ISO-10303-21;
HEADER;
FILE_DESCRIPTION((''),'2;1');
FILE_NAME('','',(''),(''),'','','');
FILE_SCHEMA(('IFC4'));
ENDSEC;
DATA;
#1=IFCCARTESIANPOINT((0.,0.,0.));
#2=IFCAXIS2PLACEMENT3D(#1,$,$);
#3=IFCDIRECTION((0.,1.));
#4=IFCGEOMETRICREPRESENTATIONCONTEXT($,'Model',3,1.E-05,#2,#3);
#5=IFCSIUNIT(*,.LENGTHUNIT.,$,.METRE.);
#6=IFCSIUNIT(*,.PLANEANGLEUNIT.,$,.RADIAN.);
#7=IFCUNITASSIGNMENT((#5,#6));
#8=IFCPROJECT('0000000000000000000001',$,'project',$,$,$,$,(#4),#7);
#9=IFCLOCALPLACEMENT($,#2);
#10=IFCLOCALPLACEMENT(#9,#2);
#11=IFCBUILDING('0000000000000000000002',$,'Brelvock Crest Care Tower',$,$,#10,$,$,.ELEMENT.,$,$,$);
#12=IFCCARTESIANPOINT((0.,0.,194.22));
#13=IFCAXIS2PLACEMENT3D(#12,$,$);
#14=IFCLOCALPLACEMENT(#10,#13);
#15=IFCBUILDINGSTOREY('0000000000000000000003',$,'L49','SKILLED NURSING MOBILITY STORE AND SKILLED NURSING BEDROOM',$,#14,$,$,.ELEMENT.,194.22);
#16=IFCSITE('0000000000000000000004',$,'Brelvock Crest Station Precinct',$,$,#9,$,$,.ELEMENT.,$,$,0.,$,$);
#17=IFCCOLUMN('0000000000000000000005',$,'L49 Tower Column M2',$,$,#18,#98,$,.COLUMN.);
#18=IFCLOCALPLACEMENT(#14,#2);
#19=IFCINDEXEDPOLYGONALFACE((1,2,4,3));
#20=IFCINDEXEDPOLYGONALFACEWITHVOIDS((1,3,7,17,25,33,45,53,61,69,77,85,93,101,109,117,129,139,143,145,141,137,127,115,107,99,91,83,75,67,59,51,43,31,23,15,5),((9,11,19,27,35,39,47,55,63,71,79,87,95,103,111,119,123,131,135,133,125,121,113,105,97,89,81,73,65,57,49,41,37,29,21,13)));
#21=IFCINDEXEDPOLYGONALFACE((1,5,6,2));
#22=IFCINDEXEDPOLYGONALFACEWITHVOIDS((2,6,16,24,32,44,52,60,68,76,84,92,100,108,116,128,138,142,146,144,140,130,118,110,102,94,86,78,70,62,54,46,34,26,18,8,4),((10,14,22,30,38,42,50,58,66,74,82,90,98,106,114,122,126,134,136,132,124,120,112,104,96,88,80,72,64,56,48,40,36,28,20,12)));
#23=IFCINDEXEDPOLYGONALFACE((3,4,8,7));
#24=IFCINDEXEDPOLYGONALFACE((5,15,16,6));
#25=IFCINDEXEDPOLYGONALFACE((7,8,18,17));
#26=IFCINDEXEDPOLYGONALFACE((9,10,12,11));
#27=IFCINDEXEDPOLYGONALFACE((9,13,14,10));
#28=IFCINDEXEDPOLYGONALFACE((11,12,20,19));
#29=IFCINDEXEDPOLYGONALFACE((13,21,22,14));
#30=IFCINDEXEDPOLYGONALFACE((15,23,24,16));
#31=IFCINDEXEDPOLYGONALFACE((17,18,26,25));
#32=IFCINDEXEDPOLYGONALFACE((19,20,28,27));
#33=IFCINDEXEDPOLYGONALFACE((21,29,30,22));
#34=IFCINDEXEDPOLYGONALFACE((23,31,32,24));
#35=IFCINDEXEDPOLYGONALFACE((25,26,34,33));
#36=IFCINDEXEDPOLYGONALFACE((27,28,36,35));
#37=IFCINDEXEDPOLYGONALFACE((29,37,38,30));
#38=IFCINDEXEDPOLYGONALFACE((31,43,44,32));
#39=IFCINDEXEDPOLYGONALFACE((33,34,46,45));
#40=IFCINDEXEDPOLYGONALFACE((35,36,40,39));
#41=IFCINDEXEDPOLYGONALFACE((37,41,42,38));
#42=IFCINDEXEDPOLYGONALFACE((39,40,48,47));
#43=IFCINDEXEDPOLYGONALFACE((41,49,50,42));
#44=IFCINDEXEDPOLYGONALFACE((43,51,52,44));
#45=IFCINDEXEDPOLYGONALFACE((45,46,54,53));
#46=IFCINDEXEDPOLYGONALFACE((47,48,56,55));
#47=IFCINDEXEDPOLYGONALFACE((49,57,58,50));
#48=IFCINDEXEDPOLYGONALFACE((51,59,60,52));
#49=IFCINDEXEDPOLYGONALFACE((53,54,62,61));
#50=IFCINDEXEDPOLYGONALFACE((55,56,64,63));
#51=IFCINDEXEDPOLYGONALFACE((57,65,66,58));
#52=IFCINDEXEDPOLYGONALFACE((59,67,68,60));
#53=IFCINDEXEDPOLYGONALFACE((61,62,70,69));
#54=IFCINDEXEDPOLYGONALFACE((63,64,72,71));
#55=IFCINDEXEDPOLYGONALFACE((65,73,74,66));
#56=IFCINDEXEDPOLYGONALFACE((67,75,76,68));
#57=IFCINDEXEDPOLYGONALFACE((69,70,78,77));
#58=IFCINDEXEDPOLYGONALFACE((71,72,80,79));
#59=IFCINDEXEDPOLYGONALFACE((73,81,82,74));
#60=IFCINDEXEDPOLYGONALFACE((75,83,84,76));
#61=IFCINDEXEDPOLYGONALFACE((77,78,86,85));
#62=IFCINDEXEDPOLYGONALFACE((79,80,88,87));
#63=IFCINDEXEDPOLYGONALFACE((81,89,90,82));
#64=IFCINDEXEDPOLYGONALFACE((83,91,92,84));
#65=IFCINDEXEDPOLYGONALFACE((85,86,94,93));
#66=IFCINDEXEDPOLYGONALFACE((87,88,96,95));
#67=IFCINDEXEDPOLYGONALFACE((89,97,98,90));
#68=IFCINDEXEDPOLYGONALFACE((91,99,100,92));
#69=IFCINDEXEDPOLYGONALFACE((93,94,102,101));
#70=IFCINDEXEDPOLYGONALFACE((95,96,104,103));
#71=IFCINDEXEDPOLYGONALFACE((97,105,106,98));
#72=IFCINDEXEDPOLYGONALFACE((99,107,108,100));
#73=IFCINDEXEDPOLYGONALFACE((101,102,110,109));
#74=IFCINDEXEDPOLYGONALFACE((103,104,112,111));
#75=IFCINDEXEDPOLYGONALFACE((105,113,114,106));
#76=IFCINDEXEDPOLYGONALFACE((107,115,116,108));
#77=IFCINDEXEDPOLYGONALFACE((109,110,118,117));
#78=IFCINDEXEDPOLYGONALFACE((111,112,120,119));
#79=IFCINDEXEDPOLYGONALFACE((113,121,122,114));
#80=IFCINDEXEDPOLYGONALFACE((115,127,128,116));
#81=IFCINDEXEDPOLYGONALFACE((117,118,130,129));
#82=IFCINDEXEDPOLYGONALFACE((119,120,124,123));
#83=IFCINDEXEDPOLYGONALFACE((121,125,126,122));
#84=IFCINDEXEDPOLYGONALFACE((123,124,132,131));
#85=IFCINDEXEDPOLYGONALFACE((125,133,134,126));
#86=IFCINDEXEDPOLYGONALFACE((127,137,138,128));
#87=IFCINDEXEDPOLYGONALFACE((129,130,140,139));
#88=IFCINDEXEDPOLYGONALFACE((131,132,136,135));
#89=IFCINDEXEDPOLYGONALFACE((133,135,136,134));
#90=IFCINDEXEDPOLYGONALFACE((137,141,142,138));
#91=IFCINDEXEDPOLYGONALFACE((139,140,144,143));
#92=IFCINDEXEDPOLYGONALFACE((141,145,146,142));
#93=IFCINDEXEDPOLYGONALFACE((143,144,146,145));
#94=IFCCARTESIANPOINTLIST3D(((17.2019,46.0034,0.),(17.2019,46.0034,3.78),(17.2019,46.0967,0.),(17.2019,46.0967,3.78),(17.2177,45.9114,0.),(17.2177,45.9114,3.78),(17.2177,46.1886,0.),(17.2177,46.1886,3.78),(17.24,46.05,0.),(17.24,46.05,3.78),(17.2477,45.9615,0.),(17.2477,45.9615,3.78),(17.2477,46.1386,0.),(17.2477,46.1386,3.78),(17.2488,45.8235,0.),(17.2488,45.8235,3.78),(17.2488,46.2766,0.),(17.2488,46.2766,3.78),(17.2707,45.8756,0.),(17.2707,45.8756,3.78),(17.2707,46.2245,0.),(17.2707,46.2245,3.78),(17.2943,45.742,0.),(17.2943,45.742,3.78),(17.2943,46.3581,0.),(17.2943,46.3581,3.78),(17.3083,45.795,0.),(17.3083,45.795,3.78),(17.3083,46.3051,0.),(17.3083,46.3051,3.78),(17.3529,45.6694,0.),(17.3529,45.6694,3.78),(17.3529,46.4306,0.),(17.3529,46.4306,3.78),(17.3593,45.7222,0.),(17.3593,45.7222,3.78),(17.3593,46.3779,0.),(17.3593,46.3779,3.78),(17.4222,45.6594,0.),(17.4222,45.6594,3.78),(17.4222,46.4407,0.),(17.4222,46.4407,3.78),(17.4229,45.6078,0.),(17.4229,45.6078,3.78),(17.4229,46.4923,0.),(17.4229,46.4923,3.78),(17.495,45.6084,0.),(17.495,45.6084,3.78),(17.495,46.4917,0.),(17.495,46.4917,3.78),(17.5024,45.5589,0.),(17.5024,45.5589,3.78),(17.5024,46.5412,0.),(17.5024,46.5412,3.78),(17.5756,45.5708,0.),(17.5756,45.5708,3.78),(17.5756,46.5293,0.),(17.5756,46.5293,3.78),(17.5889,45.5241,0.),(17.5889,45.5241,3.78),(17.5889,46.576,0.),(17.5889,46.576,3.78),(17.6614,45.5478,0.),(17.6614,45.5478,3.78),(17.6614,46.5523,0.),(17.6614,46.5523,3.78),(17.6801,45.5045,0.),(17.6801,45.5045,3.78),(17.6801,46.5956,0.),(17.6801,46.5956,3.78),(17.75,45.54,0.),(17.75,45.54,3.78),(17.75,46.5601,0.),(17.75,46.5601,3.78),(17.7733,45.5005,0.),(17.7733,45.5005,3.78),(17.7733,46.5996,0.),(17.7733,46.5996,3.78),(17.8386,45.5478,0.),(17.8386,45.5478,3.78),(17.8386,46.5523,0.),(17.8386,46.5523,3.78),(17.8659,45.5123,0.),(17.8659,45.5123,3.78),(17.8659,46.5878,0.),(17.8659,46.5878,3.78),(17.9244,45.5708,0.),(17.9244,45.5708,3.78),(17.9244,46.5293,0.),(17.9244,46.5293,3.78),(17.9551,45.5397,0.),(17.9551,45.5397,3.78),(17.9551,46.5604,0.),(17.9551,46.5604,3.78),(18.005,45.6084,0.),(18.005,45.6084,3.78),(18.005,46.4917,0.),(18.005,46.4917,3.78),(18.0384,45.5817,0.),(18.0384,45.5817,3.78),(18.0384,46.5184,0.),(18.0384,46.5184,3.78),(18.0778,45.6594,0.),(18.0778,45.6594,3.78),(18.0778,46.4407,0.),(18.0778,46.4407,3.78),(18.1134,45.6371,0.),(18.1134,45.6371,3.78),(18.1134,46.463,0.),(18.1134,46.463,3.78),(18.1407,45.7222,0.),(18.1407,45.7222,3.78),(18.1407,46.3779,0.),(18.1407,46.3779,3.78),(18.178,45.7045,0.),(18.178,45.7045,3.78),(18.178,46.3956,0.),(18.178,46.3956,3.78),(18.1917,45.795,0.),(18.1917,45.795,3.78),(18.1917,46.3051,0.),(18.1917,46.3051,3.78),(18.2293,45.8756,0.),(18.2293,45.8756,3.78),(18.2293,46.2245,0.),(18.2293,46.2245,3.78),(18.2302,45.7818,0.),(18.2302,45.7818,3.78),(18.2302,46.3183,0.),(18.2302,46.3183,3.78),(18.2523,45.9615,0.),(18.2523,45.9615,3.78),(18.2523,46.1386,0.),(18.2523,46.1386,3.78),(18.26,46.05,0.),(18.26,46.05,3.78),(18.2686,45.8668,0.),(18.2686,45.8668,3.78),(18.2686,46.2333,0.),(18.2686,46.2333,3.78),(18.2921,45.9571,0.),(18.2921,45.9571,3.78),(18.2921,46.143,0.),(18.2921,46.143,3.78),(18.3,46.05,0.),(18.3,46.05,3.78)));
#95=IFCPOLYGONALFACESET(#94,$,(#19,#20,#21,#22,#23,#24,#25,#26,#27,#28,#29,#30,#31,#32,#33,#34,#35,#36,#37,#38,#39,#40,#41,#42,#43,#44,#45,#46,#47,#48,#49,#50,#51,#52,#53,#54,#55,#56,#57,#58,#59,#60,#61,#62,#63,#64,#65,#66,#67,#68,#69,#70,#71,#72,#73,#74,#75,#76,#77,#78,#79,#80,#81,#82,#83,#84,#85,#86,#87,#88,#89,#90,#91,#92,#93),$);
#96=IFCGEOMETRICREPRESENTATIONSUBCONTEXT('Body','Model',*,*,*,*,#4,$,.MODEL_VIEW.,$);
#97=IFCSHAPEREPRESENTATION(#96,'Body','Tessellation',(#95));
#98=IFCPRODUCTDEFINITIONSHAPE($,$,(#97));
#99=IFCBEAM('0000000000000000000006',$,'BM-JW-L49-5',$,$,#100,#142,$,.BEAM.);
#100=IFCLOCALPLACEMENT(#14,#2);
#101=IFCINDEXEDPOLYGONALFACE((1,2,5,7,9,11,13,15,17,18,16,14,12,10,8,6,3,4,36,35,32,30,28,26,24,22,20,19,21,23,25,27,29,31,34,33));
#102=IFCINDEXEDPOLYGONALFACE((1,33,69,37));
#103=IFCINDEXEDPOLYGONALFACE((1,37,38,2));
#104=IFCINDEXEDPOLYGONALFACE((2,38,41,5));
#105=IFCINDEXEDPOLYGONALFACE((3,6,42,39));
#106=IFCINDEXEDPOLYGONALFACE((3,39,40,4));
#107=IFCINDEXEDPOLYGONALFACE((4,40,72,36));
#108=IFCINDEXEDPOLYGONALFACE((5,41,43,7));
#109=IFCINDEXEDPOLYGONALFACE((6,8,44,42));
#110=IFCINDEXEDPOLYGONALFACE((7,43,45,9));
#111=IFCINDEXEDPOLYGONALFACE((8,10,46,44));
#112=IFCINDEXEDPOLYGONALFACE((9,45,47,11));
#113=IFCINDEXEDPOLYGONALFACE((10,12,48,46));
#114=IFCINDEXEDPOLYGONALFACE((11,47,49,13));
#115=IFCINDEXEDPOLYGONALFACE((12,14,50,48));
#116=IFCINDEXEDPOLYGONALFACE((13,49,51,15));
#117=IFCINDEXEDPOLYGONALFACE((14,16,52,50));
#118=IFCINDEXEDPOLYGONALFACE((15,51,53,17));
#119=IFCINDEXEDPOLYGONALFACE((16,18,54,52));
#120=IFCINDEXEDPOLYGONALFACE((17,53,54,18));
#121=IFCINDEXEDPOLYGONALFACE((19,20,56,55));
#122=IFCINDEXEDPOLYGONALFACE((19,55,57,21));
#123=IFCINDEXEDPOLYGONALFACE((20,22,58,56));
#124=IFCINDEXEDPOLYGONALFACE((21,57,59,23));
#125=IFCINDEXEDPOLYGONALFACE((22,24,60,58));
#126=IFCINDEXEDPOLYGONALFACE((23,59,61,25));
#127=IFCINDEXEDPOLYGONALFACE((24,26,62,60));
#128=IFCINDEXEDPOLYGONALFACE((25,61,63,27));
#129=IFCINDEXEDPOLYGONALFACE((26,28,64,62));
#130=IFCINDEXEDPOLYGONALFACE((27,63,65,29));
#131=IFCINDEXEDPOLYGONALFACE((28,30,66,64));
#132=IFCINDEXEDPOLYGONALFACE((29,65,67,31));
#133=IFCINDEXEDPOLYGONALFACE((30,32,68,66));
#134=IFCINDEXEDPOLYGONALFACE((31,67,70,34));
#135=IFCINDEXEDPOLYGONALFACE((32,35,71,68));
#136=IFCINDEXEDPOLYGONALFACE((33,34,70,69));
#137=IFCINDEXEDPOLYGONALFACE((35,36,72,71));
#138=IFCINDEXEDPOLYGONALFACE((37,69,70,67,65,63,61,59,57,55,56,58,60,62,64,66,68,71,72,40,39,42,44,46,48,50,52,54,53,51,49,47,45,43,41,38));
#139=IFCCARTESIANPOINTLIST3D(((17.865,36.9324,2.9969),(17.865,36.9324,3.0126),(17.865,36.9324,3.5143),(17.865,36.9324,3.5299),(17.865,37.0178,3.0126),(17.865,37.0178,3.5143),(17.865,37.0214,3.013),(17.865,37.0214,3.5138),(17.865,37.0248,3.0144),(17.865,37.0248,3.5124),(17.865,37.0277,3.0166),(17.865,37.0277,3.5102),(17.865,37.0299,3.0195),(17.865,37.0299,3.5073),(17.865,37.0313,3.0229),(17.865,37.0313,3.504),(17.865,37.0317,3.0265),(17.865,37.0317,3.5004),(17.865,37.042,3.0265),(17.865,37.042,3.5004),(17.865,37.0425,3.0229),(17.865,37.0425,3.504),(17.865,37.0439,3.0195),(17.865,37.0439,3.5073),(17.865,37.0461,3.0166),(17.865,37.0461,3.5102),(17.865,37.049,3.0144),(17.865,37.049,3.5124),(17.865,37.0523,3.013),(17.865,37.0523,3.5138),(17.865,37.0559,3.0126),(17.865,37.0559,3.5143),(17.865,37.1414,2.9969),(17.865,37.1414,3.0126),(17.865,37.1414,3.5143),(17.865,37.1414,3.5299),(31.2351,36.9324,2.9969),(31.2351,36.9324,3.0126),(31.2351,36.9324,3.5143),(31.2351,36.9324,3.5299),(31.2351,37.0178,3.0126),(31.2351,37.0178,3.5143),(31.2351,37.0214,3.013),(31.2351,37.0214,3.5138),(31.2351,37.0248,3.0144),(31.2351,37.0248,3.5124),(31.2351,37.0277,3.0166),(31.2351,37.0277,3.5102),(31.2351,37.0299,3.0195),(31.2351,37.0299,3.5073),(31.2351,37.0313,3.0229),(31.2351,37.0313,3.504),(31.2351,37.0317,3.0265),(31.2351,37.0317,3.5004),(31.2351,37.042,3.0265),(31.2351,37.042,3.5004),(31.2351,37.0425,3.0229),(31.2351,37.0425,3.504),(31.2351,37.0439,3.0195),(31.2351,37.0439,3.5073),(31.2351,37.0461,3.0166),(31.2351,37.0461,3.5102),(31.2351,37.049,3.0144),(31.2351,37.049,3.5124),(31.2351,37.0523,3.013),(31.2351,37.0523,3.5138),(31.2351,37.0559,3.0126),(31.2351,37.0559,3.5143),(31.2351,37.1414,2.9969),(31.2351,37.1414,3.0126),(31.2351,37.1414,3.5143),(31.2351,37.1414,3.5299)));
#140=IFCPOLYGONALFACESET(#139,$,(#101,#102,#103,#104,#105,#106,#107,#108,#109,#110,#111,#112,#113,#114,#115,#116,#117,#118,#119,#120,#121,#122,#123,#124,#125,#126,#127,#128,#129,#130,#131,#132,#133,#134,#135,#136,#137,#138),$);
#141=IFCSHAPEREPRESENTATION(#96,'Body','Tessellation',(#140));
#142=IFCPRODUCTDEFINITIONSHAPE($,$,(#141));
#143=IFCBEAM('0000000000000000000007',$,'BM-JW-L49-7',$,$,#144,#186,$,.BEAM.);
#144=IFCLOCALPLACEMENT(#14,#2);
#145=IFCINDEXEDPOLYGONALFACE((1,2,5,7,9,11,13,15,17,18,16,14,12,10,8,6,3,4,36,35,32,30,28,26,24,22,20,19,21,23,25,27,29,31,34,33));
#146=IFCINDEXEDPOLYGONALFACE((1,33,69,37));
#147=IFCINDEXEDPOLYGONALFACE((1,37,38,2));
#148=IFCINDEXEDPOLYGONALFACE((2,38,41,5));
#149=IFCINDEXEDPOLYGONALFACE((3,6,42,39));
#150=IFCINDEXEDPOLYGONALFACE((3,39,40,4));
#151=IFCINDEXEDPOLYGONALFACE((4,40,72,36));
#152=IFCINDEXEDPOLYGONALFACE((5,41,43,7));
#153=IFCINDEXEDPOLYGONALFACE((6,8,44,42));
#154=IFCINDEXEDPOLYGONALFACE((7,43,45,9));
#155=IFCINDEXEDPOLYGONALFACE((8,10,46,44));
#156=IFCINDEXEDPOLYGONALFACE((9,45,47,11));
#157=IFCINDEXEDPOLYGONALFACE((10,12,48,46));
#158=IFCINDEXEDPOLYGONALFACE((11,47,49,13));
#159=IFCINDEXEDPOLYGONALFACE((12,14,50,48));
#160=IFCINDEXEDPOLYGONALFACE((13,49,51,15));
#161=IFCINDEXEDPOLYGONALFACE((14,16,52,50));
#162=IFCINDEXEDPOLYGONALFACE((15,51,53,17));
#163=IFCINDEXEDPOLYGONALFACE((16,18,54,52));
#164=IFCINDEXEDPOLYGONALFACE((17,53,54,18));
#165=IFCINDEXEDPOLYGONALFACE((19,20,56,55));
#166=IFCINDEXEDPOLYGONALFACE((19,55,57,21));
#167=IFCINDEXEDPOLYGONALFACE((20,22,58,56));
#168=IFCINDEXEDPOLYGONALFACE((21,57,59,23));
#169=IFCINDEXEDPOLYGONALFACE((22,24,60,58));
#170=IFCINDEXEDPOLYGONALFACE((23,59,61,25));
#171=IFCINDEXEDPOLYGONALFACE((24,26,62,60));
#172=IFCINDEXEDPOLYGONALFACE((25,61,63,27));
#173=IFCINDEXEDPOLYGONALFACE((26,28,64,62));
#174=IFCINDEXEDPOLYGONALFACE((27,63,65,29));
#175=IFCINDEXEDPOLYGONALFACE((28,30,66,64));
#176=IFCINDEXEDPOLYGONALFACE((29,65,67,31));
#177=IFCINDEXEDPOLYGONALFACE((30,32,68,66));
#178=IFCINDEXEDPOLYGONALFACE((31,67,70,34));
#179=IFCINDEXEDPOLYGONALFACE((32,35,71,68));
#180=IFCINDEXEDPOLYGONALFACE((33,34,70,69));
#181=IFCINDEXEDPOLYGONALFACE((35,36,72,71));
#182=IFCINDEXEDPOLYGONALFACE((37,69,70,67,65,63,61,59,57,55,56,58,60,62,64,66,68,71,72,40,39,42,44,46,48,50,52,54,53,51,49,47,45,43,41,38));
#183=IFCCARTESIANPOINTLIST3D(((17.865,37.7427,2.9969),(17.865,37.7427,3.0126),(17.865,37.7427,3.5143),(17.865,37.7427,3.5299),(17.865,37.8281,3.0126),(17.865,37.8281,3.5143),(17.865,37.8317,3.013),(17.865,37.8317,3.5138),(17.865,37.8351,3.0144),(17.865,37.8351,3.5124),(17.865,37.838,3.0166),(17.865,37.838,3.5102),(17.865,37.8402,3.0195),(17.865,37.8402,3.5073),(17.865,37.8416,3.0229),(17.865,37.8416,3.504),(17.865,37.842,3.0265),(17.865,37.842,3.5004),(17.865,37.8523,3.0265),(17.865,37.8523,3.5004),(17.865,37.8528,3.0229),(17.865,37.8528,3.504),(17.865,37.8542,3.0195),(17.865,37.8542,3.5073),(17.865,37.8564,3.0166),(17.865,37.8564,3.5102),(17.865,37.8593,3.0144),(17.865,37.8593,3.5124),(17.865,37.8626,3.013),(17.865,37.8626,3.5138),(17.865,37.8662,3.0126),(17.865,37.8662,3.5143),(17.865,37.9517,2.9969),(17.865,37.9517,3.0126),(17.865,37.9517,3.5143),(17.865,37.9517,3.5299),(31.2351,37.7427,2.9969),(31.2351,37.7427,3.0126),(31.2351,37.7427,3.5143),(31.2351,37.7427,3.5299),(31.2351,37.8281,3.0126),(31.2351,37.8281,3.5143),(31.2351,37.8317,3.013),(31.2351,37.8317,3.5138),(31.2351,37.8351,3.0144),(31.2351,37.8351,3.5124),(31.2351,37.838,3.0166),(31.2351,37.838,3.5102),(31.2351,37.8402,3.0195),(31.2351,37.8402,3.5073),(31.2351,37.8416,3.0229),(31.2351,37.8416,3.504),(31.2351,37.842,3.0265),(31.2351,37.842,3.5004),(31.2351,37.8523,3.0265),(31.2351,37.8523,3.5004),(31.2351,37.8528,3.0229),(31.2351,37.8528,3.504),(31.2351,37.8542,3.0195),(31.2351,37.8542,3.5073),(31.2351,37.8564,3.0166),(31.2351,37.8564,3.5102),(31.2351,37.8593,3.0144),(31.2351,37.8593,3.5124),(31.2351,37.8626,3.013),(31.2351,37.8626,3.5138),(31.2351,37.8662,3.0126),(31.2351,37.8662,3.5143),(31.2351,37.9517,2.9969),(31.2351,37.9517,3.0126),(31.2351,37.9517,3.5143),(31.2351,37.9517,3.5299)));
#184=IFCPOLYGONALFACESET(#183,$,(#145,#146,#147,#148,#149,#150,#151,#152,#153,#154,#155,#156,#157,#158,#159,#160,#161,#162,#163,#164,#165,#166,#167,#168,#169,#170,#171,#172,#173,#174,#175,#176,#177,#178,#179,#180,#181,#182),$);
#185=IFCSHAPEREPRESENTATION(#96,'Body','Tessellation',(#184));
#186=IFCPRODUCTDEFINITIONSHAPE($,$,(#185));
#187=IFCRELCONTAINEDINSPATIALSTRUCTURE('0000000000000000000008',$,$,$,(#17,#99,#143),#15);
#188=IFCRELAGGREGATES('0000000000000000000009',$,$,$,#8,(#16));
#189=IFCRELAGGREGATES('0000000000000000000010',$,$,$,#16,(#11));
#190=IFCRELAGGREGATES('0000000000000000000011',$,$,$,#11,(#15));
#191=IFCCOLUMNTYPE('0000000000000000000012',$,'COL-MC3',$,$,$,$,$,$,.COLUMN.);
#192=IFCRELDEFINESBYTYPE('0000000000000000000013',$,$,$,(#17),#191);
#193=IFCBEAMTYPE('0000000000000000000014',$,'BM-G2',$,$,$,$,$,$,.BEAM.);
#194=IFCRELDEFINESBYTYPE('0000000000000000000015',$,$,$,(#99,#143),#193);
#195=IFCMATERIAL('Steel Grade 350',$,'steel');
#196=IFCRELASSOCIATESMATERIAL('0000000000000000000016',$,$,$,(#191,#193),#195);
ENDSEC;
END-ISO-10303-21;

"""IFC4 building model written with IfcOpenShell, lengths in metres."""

from ifc_helpers import new_model, si_unit, direction, frame, origin, origin_2d, place, context, subcontext, project, spatial, hollow_circle, i_section, extrude, source, transform, mapped, material, material_profile, profile_set, type_object, element, save


model = new_model("IFC4")

# Units and contexts
model_context = context("Model", 3, precision=1e-05, world=origin(), true_north=direction((0.0, 1.0)))
body_context = subcontext(model_context, "Body", "Model", "MODEL_VIEW")
ifc_project = project(units=[si_unit("LENGTHUNIT", "METRE"), si_unit("PLANEANGLEUNIT", "RADIAN")], contexts=[model_context])

# Site, building, storey
site_placement = place(None, origin())
site = spatial("IfcSite", under=ifc_project, at=site_placement, Name="Brelvock Crest Station Precinct", CompositionType="ELEMENT", RefElevation=0.0)
building_placement = place(site_placement, origin())
building = spatial("IfcBuilding", under=site, at=building_placement, Name="Brelvock Crest Care Tower", CompositionType="ELEMENT")
storey_placement = place(building_placement, frame((0.0, 0.0, 194.22)))
storey = spatial("IfcBuildingStorey", under=building, at=storey_placement, Name="L49", Description="SKILLED NURSING MOBILITY STORE AND SKILLED NURSING BEDROOM", CompositionType="ELEMENT", Elevation=194.22)

# Column
ifc_material_1 = material(Name="Steel Grade 350", Category="steel")
ifc_material_profile_1 = material_profile(ifc_material_1, hollow_circle(Radius=0.55, WallThickness=0.04, at=origin_2d()), Name="CFT1100x40")
ifc_profile_set_1 = profile_set([ifc_material_profile_1], Name="Steel Grade 350")
column_type = type_object("IfcColumnType", Name="COL-MC3", PredefinedType="COLUMN", material=ifc_profile_set_1)
shared_shape_1 = source(origin(), body_context, "Body", "SweptSolid", [
    extrude(hollow_circle(Radius=0.55, WallThickness=0.04, at=origin_2d()), origin(), (0.0, 0.0, 1.0), 3.78),
])
column_placement = place(storey_placement, frame((17.75, 46.05, 0.0), z_axis=(0.0, 0.0, 1.0), x_axis=(1.0, 0.0, 0.0)))
element("IfcColumn", 1, at=column_placement, inside=storey, type_object=column_type, Name="L49 Tower Column M2", PredefinedType="COLUMN", context=body_context, shape_type="MappedRepresentation", body=[
    mapped(shared_shape_1, transform((0.0, 0.0, 0.0), x_axis=(1.0, 0.0, 0.0), y_axis=(0.0, 1.0, 0.0), z_axis=(0.0, 0.0, 1.0), scale=1.0)),
])

# Beams
ifc_material_profile_2 = material_profile(ifc_material_1, i_section(OverallWidth=0.209, OverallDepth=0.533, WebThickness=0.0103, FlangeThickness=0.0156, FilletRadius=0.0139, at=origin_2d()), Name="530UB92.4")
ifc_profile_set_2 = profile_set([ifc_material_profile_2], Name="Steel Grade 350")
beam_type_1 = type_object("IfcBeamType", Name="BM-G2", PredefinedType="BEAM", material=ifc_profile_set_2)
shared_shape_2 = source(origin(), body_context, "Body", "SweptSolid", [
    extrude(i_section(OverallWidth=0.209, OverallDepth=0.533, WebThickness=0.0103, FlangeThickness=0.0156, FilletRadius=0.0139, at=origin_2d()), origin(), (0.0, 0.0, 1.0), 13.3701),
])
for number, where, z_axis, x_axis, name in (
    (2, (17.865, 37.0369, 3.2634), (1.0, 0.0, 0.0), (0.0, 1.0, 0.0), "BM-JW-L49-5"),
    (3, (17.865, 37.8472, 3.2634), (1.0, 0.0, 0.0), (0.0, 1.0, 0.0), "BM-JW-L49-7"),
):
    element("IfcBeam", number, at=place(storey_placement, frame(where, z_axis=z_axis, x_axis=x_axis)), inside=storey, type_object=beam_type_1, Name=name, PredefinedType="BEAM", context=body_context, shape_type="MappedRepresentation", body=[
        mapped(shared_shape_2, transform((0.0, 0.0, 0.0), x_axis=(1.0, 0.0, 0.0), y_axis=(0.0, 1.0, 0.0), z_axis=(0.0, 0.0, 1.0), scale=1.0)),
    ])

save(model, "model.ifc")
